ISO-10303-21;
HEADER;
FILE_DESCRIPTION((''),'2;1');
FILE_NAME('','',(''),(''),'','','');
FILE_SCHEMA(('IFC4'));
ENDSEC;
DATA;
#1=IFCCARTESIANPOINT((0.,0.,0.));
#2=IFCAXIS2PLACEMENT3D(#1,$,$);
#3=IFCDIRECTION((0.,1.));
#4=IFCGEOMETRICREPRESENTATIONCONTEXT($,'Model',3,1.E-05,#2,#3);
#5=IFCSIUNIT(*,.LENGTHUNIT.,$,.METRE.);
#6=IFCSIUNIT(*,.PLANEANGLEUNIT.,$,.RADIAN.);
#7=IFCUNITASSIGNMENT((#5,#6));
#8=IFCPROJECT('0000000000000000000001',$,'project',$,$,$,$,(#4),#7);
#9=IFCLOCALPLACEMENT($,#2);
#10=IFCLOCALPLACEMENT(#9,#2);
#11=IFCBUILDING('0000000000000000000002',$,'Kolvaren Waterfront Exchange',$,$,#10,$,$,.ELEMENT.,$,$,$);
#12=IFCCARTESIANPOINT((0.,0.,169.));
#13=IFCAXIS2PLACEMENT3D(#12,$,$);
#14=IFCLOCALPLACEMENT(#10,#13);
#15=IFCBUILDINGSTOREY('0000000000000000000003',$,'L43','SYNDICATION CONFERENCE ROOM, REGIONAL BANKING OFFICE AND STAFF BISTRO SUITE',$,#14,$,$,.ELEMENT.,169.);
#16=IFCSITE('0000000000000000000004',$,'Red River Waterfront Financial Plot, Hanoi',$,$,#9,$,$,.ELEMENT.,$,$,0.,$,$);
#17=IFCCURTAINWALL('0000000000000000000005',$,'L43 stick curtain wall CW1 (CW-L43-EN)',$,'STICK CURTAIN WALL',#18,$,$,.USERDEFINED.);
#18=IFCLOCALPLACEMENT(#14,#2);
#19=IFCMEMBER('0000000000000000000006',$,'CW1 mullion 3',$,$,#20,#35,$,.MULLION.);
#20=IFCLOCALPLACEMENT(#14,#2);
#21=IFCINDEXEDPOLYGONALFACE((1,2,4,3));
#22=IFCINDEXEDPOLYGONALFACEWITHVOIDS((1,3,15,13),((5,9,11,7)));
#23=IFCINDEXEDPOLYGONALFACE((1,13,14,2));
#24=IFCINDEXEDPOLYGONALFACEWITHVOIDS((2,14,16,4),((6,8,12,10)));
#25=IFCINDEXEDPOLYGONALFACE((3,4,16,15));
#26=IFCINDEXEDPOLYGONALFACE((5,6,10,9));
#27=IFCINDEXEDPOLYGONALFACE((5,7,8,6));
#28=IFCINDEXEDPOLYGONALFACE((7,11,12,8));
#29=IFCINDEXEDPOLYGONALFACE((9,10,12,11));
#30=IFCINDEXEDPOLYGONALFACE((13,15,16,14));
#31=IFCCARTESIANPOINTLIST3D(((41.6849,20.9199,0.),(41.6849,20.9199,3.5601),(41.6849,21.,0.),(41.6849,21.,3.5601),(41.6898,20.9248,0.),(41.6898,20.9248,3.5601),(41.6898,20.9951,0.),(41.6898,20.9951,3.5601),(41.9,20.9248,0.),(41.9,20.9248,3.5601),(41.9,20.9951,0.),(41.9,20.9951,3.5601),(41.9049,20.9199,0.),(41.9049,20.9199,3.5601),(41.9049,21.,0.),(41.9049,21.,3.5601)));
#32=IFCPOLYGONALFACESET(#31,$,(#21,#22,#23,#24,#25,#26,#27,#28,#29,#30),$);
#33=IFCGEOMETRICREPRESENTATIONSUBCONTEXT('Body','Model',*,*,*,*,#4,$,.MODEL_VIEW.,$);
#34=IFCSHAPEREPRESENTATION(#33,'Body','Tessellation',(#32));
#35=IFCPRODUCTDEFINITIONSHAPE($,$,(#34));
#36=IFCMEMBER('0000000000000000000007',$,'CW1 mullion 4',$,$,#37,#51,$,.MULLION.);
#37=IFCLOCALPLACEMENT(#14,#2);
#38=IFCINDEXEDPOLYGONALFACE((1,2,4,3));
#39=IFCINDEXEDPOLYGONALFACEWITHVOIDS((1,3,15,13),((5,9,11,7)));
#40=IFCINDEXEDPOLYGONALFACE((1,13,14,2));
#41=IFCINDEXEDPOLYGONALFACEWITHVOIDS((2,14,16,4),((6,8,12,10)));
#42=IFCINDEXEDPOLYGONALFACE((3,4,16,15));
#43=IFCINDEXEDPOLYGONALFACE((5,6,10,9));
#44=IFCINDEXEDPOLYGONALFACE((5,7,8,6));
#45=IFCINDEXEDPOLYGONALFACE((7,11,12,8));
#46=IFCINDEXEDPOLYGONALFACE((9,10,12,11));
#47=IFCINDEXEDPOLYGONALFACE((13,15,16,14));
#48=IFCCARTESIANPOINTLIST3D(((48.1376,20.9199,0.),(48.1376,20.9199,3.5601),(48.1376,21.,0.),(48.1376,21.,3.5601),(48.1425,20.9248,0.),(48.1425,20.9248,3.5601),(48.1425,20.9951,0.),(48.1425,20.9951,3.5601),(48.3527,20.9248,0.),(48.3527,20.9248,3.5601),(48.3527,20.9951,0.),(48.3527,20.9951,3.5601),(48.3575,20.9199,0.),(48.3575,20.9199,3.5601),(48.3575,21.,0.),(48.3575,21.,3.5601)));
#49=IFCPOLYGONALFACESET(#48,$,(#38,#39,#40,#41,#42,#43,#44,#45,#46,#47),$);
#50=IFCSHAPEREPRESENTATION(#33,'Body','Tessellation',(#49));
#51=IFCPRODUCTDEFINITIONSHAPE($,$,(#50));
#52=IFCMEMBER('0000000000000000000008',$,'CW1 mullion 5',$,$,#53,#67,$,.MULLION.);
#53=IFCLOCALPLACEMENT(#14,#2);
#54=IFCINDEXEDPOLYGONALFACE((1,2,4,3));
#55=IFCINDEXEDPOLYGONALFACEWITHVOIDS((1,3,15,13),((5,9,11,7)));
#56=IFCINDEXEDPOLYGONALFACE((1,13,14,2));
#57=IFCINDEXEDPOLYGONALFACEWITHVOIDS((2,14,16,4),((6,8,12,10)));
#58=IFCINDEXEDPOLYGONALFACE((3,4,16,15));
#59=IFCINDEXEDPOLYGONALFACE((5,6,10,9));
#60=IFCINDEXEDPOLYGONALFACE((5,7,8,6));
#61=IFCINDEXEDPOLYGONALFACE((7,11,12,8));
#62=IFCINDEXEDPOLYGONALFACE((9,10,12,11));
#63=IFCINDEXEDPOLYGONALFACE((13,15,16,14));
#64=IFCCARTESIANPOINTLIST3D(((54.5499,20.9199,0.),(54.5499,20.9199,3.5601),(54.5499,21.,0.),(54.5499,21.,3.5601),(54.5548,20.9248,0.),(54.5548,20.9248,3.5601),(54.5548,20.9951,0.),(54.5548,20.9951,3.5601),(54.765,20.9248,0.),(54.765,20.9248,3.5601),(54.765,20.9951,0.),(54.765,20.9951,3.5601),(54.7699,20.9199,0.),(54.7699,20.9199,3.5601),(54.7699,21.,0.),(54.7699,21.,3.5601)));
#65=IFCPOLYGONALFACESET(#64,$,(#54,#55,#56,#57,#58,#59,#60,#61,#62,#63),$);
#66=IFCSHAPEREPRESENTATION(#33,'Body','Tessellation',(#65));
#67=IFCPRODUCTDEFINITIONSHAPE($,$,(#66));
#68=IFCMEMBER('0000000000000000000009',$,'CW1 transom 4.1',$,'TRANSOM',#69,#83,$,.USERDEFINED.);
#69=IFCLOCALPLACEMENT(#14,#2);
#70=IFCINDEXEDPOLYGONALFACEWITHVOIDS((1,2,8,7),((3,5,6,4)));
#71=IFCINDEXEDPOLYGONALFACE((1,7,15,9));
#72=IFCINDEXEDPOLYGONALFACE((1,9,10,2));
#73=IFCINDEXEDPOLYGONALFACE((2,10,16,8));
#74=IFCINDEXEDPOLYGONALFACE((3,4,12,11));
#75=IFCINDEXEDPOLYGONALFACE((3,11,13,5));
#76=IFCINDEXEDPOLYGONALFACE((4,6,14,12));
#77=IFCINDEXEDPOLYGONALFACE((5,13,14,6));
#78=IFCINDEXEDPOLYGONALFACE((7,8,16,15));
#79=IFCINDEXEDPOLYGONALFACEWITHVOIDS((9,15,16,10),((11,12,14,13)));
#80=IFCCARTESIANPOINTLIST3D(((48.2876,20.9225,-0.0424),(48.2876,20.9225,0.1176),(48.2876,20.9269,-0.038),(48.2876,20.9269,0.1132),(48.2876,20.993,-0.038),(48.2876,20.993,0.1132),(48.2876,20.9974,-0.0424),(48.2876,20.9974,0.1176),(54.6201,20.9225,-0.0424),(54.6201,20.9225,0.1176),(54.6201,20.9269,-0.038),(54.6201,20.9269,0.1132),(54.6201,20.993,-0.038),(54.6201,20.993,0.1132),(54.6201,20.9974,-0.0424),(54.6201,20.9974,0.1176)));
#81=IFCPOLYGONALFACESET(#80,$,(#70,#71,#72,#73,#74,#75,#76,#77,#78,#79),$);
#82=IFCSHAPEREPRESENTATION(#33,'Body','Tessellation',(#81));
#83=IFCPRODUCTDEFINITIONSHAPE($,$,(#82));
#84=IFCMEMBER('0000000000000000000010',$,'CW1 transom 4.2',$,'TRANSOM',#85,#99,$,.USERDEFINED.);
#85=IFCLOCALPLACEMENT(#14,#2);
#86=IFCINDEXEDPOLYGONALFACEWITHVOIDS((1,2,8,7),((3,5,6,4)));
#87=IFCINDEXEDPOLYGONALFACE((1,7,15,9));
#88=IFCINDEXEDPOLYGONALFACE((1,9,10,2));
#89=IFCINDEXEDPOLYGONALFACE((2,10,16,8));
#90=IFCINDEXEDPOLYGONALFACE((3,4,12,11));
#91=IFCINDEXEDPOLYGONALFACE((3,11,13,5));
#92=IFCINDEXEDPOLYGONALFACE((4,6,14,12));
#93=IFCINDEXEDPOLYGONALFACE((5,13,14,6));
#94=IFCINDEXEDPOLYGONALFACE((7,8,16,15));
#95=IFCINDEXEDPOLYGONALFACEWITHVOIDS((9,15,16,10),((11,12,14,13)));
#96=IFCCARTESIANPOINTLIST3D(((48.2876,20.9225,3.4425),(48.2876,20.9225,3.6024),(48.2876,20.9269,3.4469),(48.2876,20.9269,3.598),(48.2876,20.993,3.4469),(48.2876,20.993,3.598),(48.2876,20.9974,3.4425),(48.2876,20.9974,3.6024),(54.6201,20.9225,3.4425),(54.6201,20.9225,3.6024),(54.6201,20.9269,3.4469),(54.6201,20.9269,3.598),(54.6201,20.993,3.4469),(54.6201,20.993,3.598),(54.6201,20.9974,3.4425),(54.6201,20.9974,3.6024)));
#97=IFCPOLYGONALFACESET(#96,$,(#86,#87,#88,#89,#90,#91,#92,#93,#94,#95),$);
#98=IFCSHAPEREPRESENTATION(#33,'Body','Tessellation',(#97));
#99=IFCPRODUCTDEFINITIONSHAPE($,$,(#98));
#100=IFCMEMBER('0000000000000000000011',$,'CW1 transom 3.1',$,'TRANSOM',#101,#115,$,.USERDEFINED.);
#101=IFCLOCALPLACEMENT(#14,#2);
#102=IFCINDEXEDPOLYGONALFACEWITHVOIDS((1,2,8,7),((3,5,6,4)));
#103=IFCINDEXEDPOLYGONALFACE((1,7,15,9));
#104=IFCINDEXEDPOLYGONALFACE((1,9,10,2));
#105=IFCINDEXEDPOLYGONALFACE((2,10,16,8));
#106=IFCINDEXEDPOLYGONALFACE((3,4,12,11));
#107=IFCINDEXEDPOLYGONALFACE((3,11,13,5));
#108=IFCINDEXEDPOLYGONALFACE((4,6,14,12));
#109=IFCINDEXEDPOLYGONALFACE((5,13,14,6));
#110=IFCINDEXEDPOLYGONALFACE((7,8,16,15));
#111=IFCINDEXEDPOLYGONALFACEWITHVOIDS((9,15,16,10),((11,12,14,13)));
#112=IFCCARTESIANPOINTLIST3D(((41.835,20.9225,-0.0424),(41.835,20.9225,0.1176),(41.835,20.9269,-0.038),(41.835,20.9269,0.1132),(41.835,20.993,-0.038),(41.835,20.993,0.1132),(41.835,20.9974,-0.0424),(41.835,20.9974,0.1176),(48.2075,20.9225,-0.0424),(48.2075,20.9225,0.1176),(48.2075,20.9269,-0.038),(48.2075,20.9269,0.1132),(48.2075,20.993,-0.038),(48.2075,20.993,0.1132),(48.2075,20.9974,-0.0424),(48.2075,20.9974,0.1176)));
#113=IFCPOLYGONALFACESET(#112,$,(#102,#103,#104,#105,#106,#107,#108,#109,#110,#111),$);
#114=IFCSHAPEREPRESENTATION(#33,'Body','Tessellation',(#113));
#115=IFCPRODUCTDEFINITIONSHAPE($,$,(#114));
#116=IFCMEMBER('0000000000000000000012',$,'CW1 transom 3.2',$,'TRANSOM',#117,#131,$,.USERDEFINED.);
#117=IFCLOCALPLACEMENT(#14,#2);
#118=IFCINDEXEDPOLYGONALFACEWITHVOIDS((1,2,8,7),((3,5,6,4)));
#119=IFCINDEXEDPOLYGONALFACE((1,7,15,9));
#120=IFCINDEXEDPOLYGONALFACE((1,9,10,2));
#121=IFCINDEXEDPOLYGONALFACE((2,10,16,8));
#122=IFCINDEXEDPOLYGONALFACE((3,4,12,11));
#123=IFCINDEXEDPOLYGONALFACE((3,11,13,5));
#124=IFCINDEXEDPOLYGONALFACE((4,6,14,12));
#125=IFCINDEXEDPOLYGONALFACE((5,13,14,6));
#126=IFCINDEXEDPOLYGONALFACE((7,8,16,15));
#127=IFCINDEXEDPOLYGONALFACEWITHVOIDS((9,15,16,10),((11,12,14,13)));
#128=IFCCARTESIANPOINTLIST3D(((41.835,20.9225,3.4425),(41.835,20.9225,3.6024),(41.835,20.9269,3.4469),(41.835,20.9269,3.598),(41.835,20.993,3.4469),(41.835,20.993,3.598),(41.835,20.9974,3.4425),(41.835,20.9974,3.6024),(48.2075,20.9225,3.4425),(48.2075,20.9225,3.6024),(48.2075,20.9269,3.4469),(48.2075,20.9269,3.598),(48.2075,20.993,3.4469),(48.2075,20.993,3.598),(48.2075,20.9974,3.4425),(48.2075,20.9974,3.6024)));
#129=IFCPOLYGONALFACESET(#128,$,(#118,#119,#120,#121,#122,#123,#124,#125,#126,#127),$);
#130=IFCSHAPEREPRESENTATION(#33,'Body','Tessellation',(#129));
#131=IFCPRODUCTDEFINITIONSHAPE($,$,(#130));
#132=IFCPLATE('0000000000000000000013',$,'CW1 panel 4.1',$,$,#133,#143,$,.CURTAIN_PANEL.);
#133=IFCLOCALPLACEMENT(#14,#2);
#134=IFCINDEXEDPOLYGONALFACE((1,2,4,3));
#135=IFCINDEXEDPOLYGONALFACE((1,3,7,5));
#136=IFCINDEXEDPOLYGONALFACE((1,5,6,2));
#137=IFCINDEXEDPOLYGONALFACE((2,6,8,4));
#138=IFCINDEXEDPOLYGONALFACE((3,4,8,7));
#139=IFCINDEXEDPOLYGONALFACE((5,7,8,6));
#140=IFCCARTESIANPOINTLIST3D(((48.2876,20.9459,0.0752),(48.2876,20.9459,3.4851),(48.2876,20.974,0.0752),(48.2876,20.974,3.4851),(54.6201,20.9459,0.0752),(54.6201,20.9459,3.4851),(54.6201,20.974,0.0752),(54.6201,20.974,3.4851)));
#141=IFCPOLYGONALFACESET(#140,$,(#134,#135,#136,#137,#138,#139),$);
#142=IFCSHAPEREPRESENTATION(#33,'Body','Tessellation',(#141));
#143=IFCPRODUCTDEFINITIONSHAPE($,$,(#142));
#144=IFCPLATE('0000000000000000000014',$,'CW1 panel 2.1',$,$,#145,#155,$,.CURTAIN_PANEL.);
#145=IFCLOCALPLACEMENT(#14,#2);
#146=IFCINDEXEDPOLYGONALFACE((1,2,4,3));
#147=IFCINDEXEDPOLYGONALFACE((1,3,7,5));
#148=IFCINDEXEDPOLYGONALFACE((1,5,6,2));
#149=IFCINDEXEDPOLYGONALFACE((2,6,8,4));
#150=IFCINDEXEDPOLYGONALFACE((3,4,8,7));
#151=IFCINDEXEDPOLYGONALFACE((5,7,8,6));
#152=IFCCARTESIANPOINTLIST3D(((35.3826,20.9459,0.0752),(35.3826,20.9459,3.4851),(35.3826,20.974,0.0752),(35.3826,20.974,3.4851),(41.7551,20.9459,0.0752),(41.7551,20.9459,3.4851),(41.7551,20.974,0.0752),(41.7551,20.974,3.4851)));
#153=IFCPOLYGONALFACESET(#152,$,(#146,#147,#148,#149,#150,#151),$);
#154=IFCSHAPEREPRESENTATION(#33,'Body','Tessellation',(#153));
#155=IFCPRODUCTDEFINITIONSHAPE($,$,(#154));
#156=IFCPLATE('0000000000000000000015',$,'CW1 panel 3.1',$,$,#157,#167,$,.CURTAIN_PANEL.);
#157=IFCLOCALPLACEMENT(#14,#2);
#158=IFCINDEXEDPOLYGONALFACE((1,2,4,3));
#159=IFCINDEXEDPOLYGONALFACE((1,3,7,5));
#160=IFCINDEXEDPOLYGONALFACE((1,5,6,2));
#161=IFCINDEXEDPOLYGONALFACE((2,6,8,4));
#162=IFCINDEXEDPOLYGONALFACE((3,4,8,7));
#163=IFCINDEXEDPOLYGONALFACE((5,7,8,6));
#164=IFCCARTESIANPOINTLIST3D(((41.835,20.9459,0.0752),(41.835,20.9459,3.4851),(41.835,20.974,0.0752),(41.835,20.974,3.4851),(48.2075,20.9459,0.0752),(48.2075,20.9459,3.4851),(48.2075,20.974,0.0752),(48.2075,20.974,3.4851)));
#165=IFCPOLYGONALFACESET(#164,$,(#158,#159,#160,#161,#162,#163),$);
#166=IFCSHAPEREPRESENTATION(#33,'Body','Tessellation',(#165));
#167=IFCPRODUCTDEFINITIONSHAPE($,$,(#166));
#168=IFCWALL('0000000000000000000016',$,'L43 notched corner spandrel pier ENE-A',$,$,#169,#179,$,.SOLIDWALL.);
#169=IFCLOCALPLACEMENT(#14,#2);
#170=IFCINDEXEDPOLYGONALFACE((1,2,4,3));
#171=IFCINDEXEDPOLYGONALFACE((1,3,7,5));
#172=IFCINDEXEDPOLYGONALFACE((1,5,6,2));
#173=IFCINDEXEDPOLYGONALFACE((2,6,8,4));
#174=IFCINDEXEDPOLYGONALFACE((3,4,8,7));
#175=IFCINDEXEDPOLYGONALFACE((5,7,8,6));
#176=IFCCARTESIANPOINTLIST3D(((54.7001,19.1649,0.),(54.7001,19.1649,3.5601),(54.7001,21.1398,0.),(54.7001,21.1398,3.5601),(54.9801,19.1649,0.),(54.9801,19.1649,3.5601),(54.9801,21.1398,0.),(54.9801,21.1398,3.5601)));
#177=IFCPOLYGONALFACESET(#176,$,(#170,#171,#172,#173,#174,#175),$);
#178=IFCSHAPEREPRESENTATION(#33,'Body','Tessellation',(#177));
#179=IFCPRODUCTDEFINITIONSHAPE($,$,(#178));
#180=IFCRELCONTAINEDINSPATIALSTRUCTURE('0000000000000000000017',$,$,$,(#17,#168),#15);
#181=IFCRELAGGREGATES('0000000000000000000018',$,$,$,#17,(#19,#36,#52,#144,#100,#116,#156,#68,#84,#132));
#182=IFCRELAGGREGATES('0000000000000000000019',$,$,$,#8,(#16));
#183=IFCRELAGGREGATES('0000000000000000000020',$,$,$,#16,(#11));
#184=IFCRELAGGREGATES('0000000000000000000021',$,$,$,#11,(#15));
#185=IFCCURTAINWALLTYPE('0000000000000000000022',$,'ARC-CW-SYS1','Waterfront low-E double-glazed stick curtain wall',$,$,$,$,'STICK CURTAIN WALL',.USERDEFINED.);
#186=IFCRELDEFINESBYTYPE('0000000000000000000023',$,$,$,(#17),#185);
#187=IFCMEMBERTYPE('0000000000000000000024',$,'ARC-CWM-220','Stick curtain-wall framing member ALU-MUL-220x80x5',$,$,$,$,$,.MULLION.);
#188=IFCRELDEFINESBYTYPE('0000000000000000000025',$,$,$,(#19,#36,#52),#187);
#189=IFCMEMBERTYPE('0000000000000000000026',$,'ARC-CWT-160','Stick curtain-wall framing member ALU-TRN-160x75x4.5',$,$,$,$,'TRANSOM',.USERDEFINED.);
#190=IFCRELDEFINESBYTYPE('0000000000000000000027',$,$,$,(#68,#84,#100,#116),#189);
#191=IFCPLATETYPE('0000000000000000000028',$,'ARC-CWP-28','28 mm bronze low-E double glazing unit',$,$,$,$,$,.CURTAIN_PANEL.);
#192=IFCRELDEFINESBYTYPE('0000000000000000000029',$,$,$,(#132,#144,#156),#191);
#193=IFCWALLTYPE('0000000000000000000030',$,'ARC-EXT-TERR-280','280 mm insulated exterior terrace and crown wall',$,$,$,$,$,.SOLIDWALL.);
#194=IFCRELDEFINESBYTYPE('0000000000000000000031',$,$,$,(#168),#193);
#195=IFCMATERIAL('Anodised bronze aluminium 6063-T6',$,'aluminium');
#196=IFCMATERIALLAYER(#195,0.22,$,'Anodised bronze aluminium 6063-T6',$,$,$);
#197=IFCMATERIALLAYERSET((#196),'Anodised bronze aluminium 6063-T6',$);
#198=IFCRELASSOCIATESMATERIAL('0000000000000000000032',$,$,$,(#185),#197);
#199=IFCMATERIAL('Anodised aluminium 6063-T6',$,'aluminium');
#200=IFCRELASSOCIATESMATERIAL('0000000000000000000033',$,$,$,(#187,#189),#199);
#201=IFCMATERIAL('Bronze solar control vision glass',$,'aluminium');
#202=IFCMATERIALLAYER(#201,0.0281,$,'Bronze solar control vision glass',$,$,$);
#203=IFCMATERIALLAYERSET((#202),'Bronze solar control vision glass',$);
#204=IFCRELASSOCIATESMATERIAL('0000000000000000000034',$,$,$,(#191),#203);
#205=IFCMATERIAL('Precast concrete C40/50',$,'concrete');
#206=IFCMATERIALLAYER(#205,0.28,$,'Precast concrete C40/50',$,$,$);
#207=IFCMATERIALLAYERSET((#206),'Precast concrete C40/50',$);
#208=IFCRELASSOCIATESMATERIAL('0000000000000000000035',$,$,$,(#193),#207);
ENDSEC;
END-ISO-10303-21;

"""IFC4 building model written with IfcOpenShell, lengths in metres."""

from ifc_helpers import new_model, si_unit, direction, frame, frame_2d, origin, origin_with_axes, origin_2d, place, context, subcontext, project, spatial, rectangle, hollow_rectangle, extrude, source, transform, mapped, material, layer, layer_set, material_profile, profile_set, type_object, element, aggregate, save


model = new_model("IFC4")

# Units and contexts
model_context = context("Model", 3, precision=1e-05, world=origin(), true_north=direction((0.0, 1.0)))
body_context = subcontext(model_context, "Body", "Model", "MODEL_VIEW")
ifc_project = project(units=[si_unit("LENGTHUNIT", "METRE"), si_unit("PLANEANGLEUNIT", "RADIAN")], contexts=[model_context])

# Site, building, storey
site_placement = place(None, origin())
site = spatial("IfcSite", under=ifc_project, at=site_placement, Name="Red River Waterfront Financial Plot, Hanoi", CompositionType="ELEMENT", RefElevation=0.0)
building_placement = place(site_placement, origin())
building = spatial("IfcBuilding", under=site, at=building_placement, Name="Kolvaren Waterfront Exchange", CompositionType="ELEMENT")
storey_placement = place(building_placement, frame((0.0, 0.0, 169.0)))
storey = spatial("IfcBuildingStorey", under=building, at=storey_placement, Name="L43", Description="SYNDICATION CONFERENCE ROOM, REGIONAL BANKING OFFICE AND STAFF BISTRO SUITE", CompositionType="ELEMENT", Elevation=169.0)

# Curtain wall, members, plates
ifc_material_1 = material(Name="Anodised bronze aluminium 6063-T6", Category="aluminium")
ifc_layer_1 = layer(ifc_material_1, 0.22, Name="Anodised bronze aluminium 6063-T6")
ifc_layer_set_1 = layer_set([ifc_layer_1], Name="Anodised bronze aluminium 6063-T6")
curtain_wall_type = type_object("IfcCurtainWallType", Name="ARC-CW-SYS1", Description="Waterfront low-E double-glazed stick curtain wall", ElementType="STICK CURTAIN WALL", PredefinedType="USERDEFINED", material=ifc_layer_set_1)
curtain_wall_placement = place(storey_placement, origin())
curtain_wall = element("IfcCurtainWall", 1, at=curtain_wall_placement, inside=storey, type_object=curtain_wall_type, Name="L43 stick curtain wall CW1 (CW-L43-EN)", ObjectType="STICK CURTAIN WALL", PredefinedType="USERDEFINED")
ifc_material_2 = material(Name="Anodised aluminium 6063-T6", Category="aluminium")
ifc_material_profile_1 = material_profile(ifc_material_2, hollow_rectangle(XDim=0.0801, YDim=0.22, WallThickness=0.0049, at=origin_2d()), Name="ALU-MUL-220x80x5")
ifc_profile_set_1 = profile_set([ifc_material_profile_1], Name="Anodised aluminium 6063-T6")
member_type_1 = type_object("IfcMemberType", Name="ARC-CWM-220", Description="Stick curtain-wall framing member ALU-MUL-220x80x5", PredefinedType="MULLION", material=ifc_profile_set_1)
shared_shape_1 = source(origin_with_axes(), body_context, "Body", "SweptSolid", [
    extrude(hollow_rectangle(XDim=0.0801, YDim=0.22, WallThickness=0.0049, at=origin_2d()), origin(), (0.0, 0.0, 1.0), 3.5601),
])
member_1_placement = place(storey_placement, frame((41.7949, 20.96, 0.0), z_axis=(0.0, 0.0, 1.0), x_axis=(0.0, 1.0, 0.0)))
member_1 = element("IfcMember", 2, at=member_1_placement, type_object=member_type_1, Name="CW1 mullion 3", PredefinedType="MULLION", context=body_context, shape_type="MappedRepresentation", body=[
    mapped(shared_shape_1, transform((0.0, 0.0, 0.0), x_axis=(1.0, 0.0, 0.0), y_axis=(0.0, 1.0, 0.0), z_axis=(0.0, 0.0, 1.0), scale=1.0)),
])
member_2_placement = place(storey_placement, frame((48.2476, 20.96, 0.0), z_axis=(0.0, 0.0, 1.0), x_axis=(0.0, 1.0, 0.0)))
member_2 = element("IfcMember", 3, at=member_2_placement, type_object=member_type_1, Name="CW1 mullion 4", PredefinedType="MULLION", context=body_context, shape_type="MappedRepresentation", body=[
    mapped(shared_shape_1, transform((0.0, 0.0, 0.0), x_axis=(1.0, 0.0, 0.0), y_axis=(0.0, 1.0, 0.0), z_axis=(0.0, 0.0, 1.0), scale=1.0)),
])
member_3_placement = place(storey_placement, frame((54.6599, 20.96, 0.0), z_axis=(0.0, 0.0, 1.0), x_axis=(0.0, 1.0, 0.0)))
member_3 = element("IfcMember", 4, at=member_3_placement, type_object=member_type_1, Name="CW1 mullion 5", PredefinedType="MULLION", context=body_context, shape_type="MappedRepresentation", body=[
    mapped(shared_shape_1, transform((0.0, 0.0, 0.0), x_axis=(1.0, 0.0, 0.0), y_axis=(0.0, 1.0, 0.0), z_axis=(0.0, 0.0, 1.0), scale=1.0)),
])
ifc_material_profile_2 = material_profile(ifc_material_2, hollow_rectangle(XDim=0.075, YDim=0.1599, WallThickness=0.0044, at=origin_2d()), Name="ALU-TRN-160x75x4.5")
ifc_profile_set_2 = profile_set([ifc_material_profile_2], Name="Anodised aluminium 6063-T6")
member_type_2 = type_object("IfcMemberType", Name="ARC-CWT-160", Description="Stick curtain-wall framing member ALU-TRN-160x75x4.5", ElementType="TRANSOM", PredefinedType="USERDEFINED", material=ifc_profile_set_2)
shared_shape_2 = source(origin_with_axes(), body_context, "Body", "SweptSolid", [
    extrude(hollow_rectangle(XDim=0.075, YDim=0.1599, WallThickness=0.0044, at=origin_2d()), origin(), (0.0, 0.0, 1.0), 6.3325),
])
member_4_placement = place(storey_placement, frame((48.2876, 20.96, 0.0376), z_axis=(1.0, 0.0, 0.0), x_axis=(0.0, 1.0, 0.0)))
member_4 = element("IfcMember", 5, at=member_4_placement, type_object=member_type_2, Name="CW1 transom 4.1", ObjectType="TRANSOM", PredefinedType="USERDEFINED", context=body_context, shape_type="MappedRepresentation", body=[
    mapped(shared_shape_2, transform((0.0, 0.0, 0.0), x_axis=(1.0, 0.0, 0.0), y_axis=(0.0, 1.0, 0.0), z_axis=(0.0, 0.0, 1.0), scale=1.0)),
])
member_5_placement = place(storey_placement, frame((48.2876, 20.96, 3.5225), z_axis=(1.0, 0.0, 0.0), x_axis=(0.0, 1.0, 0.0)))
member_5 = element("IfcMember", 6, at=member_5_placement, type_object=member_type_2, Name="CW1 transom 4.2", ObjectType="TRANSOM", PredefinedType="USERDEFINED", context=body_context, shape_type="MappedRepresentation", body=[
    mapped(shared_shape_2, transform((0.0, 0.0, 0.0), x_axis=(1.0, 0.0, 0.0), y_axis=(0.0, 1.0, 0.0), z_axis=(0.0, 0.0, 1.0), scale=1.0)),
])
shared_shape_3 = source(origin_with_axes(), body_context, "Body", "SweptSolid", [
    extrude(hollow_rectangle(XDim=0.075, YDim=0.1599, WallThickness=0.0044, at=origin_2d()), origin(), (0.0, 0.0, 1.0), 6.3726),
])
member_6_placement = place(storey_placement, frame((41.835, 20.96, 0.0376), z_axis=(1.0, 0.0, 0.0), x_axis=(0.0, 1.0, 0.0)))
member_6 = element("IfcMember", 7, at=member_6_placement, type_object=member_type_2, Name="CW1 transom 3.1", ObjectType="TRANSOM", PredefinedType="USERDEFINED", context=body_context, shape_type="MappedRepresentation", body=[
    mapped(shared_shape_3, transform((0.0, 0.0, 0.0), x_axis=(1.0, 0.0, 0.0), y_axis=(0.0, 1.0, 0.0), z_axis=(0.0, 0.0, 1.0), scale=1.0)),
])
member_7_placement = place(storey_placement, frame((41.835, 20.96, 3.5225), z_axis=(1.0, 0.0, 0.0), x_axis=(0.0, 1.0, 0.0)))
member_7 = element("IfcMember", 8, at=member_7_placement, type_object=member_type_2, Name="CW1 transom 3.2", ObjectType="TRANSOM", PredefinedType="USERDEFINED", context=body_context, shape_type="MappedRepresentation", body=[
    mapped(shared_shape_3, transform((0.0, 0.0, 0.0), x_axis=(1.0, 0.0, 0.0), y_axis=(0.0, 1.0, 0.0), z_axis=(0.0, 0.0, 1.0), scale=1.0)),
])
ifc_material_3 = material(Name="Bronze solar control vision glass", Category="aluminium")
ifc_layer_2 = layer(ifc_material_3, 0.0281, Name="Bronze solar control vision glass")
ifc_layer_set_2 = layer_set([ifc_layer_2], Name="Bronze solar control vision glass")
plate_type = type_object("IfcPlateType", Name="ARC-CWP-28", Description="28 mm bronze low-E double glazing unit", PredefinedType="CURTAIN_PANEL", material=ifc_layer_set_2)
shared_shape_4 = source(origin_with_axes(), body_context, "Body", "SweptSolid", [
    extrude(rectangle(XDim=6.3325, YDim=0.0281, at=origin_2d()), origin(), (0.0, 0.0, 1.0), 3.4099),
])
plate_1_placement = place(storey_placement, frame((51.4539, 20.96, 0.0752), z_axis=(0.0, 0.0, 1.0), x_axis=(1.0, 0.0, 0.0)))
plate_1 = element("IfcPlate", 9, at=plate_1_placement, type_object=plate_type, Name="CW1 panel 4.1", PredefinedType="CURTAIN_PANEL", context=body_context, shape_type="MappedRepresentation", body=[
    mapped(shared_shape_4, transform((0.0, 0.0, 0.0), x_axis=(1.0, 0.0, 0.0), y_axis=(0.0, 1.0, 0.0), z_axis=(0.0, 0.0, 1.0), scale=1.0)),
])
shared_shape_5 = source(origin_with_axes(), body_context, "Body", "SweptSolid", [
    extrude(rectangle(XDim=6.3726, YDim=0.0281, at=origin_2d()), origin(), (0.0, 0.0, 1.0), 3.4099),
])
plate_2_placement = place(storey_placement, frame((38.5688, 20.96, 0.0752), z_axis=(0.0, 0.0, 1.0), x_axis=(1.0, 0.0, 0.0)))
plate_2 = element("IfcPlate", 10, at=plate_2_placement, type_object=plate_type, Name="CW1 panel 2.1", PredefinedType="CURTAIN_PANEL", context=body_context, shape_type="MappedRepresentation", body=[
    mapped(shared_shape_5, transform((0.0, 0.0, 0.0), x_axis=(1.0, 0.0, 0.0), y_axis=(0.0, 1.0, 0.0), z_axis=(0.0, 0.0, 1.0), scale=1.0)),
])
plate_3_placement = place(storey_placement, frame((45.0212, 20.96, 0.0752), z_axis=(0.0, 0.0, 1.0), x_axis=(1.0, 0.0, 0.0)))
plate_3 = element("IfcPlate", 11, at=plate_3_placement, type_object=plate_type, Name="CW1 panel 3.1", PredefinedType="CURTAIN_PANEL", context=body_context, shape_type="MappedRepresentation", body=[
    mapped(shared_shape_5, transform((0.0, 0.0, 0.0), x_axis=(1.0, 0.0, 0.0), y_axis=(0.0, 1.0, 0.0), z_axis=(0.0, 0.0, 1.0), scale=1.0)),
])
aggregate(curtain_wall, [member_1, member_2, member_3, plate_2, member_6, member_7, plate_3, member_4, member_5, plate_1])

# Wall
ifc_material_4 = material(Name="Precast concrete C40/50", Category="concrete")
ifc_layer_3 = layer(ifc_material_4, 0.28, Name="Precast concrete C40/50")
ifc_layer_set_3 = layer_set([ifc_layer_3], Name="Precast concrete C40/50")
wall_type_1 = type_object("IfcWallType", Name="ARC-EXT-TERR-280", Description="280 mm insulated exterior terrace and crown wall", PredefinedType="SOLIDWALL", material=ifc_layer_set_3)
wall_1_placement = place(storey_placement, frame((54.8401, 19.165, 0.0), z_axis=(0.0, 0.0, 1.0), x_axis=(0.0, 1.0, 0.0)))
element("IfcWall", 12, at=wall_1_placement, inside=storey, type_object=wall_type_1, Name="L43 notched corner spandrel pier ENE-A", PredefinedType="SOLIDWALL", context=body_context, shape_type="SweptSolid", body=[
    extrude(rectangle(XDim=1.9749, YDim=0.28, at=frame_2d((0.9873, 0.0))), origin(), (0.0, 0.0, 1.0), 3.5601),
])

save(model, "model.ifc")
